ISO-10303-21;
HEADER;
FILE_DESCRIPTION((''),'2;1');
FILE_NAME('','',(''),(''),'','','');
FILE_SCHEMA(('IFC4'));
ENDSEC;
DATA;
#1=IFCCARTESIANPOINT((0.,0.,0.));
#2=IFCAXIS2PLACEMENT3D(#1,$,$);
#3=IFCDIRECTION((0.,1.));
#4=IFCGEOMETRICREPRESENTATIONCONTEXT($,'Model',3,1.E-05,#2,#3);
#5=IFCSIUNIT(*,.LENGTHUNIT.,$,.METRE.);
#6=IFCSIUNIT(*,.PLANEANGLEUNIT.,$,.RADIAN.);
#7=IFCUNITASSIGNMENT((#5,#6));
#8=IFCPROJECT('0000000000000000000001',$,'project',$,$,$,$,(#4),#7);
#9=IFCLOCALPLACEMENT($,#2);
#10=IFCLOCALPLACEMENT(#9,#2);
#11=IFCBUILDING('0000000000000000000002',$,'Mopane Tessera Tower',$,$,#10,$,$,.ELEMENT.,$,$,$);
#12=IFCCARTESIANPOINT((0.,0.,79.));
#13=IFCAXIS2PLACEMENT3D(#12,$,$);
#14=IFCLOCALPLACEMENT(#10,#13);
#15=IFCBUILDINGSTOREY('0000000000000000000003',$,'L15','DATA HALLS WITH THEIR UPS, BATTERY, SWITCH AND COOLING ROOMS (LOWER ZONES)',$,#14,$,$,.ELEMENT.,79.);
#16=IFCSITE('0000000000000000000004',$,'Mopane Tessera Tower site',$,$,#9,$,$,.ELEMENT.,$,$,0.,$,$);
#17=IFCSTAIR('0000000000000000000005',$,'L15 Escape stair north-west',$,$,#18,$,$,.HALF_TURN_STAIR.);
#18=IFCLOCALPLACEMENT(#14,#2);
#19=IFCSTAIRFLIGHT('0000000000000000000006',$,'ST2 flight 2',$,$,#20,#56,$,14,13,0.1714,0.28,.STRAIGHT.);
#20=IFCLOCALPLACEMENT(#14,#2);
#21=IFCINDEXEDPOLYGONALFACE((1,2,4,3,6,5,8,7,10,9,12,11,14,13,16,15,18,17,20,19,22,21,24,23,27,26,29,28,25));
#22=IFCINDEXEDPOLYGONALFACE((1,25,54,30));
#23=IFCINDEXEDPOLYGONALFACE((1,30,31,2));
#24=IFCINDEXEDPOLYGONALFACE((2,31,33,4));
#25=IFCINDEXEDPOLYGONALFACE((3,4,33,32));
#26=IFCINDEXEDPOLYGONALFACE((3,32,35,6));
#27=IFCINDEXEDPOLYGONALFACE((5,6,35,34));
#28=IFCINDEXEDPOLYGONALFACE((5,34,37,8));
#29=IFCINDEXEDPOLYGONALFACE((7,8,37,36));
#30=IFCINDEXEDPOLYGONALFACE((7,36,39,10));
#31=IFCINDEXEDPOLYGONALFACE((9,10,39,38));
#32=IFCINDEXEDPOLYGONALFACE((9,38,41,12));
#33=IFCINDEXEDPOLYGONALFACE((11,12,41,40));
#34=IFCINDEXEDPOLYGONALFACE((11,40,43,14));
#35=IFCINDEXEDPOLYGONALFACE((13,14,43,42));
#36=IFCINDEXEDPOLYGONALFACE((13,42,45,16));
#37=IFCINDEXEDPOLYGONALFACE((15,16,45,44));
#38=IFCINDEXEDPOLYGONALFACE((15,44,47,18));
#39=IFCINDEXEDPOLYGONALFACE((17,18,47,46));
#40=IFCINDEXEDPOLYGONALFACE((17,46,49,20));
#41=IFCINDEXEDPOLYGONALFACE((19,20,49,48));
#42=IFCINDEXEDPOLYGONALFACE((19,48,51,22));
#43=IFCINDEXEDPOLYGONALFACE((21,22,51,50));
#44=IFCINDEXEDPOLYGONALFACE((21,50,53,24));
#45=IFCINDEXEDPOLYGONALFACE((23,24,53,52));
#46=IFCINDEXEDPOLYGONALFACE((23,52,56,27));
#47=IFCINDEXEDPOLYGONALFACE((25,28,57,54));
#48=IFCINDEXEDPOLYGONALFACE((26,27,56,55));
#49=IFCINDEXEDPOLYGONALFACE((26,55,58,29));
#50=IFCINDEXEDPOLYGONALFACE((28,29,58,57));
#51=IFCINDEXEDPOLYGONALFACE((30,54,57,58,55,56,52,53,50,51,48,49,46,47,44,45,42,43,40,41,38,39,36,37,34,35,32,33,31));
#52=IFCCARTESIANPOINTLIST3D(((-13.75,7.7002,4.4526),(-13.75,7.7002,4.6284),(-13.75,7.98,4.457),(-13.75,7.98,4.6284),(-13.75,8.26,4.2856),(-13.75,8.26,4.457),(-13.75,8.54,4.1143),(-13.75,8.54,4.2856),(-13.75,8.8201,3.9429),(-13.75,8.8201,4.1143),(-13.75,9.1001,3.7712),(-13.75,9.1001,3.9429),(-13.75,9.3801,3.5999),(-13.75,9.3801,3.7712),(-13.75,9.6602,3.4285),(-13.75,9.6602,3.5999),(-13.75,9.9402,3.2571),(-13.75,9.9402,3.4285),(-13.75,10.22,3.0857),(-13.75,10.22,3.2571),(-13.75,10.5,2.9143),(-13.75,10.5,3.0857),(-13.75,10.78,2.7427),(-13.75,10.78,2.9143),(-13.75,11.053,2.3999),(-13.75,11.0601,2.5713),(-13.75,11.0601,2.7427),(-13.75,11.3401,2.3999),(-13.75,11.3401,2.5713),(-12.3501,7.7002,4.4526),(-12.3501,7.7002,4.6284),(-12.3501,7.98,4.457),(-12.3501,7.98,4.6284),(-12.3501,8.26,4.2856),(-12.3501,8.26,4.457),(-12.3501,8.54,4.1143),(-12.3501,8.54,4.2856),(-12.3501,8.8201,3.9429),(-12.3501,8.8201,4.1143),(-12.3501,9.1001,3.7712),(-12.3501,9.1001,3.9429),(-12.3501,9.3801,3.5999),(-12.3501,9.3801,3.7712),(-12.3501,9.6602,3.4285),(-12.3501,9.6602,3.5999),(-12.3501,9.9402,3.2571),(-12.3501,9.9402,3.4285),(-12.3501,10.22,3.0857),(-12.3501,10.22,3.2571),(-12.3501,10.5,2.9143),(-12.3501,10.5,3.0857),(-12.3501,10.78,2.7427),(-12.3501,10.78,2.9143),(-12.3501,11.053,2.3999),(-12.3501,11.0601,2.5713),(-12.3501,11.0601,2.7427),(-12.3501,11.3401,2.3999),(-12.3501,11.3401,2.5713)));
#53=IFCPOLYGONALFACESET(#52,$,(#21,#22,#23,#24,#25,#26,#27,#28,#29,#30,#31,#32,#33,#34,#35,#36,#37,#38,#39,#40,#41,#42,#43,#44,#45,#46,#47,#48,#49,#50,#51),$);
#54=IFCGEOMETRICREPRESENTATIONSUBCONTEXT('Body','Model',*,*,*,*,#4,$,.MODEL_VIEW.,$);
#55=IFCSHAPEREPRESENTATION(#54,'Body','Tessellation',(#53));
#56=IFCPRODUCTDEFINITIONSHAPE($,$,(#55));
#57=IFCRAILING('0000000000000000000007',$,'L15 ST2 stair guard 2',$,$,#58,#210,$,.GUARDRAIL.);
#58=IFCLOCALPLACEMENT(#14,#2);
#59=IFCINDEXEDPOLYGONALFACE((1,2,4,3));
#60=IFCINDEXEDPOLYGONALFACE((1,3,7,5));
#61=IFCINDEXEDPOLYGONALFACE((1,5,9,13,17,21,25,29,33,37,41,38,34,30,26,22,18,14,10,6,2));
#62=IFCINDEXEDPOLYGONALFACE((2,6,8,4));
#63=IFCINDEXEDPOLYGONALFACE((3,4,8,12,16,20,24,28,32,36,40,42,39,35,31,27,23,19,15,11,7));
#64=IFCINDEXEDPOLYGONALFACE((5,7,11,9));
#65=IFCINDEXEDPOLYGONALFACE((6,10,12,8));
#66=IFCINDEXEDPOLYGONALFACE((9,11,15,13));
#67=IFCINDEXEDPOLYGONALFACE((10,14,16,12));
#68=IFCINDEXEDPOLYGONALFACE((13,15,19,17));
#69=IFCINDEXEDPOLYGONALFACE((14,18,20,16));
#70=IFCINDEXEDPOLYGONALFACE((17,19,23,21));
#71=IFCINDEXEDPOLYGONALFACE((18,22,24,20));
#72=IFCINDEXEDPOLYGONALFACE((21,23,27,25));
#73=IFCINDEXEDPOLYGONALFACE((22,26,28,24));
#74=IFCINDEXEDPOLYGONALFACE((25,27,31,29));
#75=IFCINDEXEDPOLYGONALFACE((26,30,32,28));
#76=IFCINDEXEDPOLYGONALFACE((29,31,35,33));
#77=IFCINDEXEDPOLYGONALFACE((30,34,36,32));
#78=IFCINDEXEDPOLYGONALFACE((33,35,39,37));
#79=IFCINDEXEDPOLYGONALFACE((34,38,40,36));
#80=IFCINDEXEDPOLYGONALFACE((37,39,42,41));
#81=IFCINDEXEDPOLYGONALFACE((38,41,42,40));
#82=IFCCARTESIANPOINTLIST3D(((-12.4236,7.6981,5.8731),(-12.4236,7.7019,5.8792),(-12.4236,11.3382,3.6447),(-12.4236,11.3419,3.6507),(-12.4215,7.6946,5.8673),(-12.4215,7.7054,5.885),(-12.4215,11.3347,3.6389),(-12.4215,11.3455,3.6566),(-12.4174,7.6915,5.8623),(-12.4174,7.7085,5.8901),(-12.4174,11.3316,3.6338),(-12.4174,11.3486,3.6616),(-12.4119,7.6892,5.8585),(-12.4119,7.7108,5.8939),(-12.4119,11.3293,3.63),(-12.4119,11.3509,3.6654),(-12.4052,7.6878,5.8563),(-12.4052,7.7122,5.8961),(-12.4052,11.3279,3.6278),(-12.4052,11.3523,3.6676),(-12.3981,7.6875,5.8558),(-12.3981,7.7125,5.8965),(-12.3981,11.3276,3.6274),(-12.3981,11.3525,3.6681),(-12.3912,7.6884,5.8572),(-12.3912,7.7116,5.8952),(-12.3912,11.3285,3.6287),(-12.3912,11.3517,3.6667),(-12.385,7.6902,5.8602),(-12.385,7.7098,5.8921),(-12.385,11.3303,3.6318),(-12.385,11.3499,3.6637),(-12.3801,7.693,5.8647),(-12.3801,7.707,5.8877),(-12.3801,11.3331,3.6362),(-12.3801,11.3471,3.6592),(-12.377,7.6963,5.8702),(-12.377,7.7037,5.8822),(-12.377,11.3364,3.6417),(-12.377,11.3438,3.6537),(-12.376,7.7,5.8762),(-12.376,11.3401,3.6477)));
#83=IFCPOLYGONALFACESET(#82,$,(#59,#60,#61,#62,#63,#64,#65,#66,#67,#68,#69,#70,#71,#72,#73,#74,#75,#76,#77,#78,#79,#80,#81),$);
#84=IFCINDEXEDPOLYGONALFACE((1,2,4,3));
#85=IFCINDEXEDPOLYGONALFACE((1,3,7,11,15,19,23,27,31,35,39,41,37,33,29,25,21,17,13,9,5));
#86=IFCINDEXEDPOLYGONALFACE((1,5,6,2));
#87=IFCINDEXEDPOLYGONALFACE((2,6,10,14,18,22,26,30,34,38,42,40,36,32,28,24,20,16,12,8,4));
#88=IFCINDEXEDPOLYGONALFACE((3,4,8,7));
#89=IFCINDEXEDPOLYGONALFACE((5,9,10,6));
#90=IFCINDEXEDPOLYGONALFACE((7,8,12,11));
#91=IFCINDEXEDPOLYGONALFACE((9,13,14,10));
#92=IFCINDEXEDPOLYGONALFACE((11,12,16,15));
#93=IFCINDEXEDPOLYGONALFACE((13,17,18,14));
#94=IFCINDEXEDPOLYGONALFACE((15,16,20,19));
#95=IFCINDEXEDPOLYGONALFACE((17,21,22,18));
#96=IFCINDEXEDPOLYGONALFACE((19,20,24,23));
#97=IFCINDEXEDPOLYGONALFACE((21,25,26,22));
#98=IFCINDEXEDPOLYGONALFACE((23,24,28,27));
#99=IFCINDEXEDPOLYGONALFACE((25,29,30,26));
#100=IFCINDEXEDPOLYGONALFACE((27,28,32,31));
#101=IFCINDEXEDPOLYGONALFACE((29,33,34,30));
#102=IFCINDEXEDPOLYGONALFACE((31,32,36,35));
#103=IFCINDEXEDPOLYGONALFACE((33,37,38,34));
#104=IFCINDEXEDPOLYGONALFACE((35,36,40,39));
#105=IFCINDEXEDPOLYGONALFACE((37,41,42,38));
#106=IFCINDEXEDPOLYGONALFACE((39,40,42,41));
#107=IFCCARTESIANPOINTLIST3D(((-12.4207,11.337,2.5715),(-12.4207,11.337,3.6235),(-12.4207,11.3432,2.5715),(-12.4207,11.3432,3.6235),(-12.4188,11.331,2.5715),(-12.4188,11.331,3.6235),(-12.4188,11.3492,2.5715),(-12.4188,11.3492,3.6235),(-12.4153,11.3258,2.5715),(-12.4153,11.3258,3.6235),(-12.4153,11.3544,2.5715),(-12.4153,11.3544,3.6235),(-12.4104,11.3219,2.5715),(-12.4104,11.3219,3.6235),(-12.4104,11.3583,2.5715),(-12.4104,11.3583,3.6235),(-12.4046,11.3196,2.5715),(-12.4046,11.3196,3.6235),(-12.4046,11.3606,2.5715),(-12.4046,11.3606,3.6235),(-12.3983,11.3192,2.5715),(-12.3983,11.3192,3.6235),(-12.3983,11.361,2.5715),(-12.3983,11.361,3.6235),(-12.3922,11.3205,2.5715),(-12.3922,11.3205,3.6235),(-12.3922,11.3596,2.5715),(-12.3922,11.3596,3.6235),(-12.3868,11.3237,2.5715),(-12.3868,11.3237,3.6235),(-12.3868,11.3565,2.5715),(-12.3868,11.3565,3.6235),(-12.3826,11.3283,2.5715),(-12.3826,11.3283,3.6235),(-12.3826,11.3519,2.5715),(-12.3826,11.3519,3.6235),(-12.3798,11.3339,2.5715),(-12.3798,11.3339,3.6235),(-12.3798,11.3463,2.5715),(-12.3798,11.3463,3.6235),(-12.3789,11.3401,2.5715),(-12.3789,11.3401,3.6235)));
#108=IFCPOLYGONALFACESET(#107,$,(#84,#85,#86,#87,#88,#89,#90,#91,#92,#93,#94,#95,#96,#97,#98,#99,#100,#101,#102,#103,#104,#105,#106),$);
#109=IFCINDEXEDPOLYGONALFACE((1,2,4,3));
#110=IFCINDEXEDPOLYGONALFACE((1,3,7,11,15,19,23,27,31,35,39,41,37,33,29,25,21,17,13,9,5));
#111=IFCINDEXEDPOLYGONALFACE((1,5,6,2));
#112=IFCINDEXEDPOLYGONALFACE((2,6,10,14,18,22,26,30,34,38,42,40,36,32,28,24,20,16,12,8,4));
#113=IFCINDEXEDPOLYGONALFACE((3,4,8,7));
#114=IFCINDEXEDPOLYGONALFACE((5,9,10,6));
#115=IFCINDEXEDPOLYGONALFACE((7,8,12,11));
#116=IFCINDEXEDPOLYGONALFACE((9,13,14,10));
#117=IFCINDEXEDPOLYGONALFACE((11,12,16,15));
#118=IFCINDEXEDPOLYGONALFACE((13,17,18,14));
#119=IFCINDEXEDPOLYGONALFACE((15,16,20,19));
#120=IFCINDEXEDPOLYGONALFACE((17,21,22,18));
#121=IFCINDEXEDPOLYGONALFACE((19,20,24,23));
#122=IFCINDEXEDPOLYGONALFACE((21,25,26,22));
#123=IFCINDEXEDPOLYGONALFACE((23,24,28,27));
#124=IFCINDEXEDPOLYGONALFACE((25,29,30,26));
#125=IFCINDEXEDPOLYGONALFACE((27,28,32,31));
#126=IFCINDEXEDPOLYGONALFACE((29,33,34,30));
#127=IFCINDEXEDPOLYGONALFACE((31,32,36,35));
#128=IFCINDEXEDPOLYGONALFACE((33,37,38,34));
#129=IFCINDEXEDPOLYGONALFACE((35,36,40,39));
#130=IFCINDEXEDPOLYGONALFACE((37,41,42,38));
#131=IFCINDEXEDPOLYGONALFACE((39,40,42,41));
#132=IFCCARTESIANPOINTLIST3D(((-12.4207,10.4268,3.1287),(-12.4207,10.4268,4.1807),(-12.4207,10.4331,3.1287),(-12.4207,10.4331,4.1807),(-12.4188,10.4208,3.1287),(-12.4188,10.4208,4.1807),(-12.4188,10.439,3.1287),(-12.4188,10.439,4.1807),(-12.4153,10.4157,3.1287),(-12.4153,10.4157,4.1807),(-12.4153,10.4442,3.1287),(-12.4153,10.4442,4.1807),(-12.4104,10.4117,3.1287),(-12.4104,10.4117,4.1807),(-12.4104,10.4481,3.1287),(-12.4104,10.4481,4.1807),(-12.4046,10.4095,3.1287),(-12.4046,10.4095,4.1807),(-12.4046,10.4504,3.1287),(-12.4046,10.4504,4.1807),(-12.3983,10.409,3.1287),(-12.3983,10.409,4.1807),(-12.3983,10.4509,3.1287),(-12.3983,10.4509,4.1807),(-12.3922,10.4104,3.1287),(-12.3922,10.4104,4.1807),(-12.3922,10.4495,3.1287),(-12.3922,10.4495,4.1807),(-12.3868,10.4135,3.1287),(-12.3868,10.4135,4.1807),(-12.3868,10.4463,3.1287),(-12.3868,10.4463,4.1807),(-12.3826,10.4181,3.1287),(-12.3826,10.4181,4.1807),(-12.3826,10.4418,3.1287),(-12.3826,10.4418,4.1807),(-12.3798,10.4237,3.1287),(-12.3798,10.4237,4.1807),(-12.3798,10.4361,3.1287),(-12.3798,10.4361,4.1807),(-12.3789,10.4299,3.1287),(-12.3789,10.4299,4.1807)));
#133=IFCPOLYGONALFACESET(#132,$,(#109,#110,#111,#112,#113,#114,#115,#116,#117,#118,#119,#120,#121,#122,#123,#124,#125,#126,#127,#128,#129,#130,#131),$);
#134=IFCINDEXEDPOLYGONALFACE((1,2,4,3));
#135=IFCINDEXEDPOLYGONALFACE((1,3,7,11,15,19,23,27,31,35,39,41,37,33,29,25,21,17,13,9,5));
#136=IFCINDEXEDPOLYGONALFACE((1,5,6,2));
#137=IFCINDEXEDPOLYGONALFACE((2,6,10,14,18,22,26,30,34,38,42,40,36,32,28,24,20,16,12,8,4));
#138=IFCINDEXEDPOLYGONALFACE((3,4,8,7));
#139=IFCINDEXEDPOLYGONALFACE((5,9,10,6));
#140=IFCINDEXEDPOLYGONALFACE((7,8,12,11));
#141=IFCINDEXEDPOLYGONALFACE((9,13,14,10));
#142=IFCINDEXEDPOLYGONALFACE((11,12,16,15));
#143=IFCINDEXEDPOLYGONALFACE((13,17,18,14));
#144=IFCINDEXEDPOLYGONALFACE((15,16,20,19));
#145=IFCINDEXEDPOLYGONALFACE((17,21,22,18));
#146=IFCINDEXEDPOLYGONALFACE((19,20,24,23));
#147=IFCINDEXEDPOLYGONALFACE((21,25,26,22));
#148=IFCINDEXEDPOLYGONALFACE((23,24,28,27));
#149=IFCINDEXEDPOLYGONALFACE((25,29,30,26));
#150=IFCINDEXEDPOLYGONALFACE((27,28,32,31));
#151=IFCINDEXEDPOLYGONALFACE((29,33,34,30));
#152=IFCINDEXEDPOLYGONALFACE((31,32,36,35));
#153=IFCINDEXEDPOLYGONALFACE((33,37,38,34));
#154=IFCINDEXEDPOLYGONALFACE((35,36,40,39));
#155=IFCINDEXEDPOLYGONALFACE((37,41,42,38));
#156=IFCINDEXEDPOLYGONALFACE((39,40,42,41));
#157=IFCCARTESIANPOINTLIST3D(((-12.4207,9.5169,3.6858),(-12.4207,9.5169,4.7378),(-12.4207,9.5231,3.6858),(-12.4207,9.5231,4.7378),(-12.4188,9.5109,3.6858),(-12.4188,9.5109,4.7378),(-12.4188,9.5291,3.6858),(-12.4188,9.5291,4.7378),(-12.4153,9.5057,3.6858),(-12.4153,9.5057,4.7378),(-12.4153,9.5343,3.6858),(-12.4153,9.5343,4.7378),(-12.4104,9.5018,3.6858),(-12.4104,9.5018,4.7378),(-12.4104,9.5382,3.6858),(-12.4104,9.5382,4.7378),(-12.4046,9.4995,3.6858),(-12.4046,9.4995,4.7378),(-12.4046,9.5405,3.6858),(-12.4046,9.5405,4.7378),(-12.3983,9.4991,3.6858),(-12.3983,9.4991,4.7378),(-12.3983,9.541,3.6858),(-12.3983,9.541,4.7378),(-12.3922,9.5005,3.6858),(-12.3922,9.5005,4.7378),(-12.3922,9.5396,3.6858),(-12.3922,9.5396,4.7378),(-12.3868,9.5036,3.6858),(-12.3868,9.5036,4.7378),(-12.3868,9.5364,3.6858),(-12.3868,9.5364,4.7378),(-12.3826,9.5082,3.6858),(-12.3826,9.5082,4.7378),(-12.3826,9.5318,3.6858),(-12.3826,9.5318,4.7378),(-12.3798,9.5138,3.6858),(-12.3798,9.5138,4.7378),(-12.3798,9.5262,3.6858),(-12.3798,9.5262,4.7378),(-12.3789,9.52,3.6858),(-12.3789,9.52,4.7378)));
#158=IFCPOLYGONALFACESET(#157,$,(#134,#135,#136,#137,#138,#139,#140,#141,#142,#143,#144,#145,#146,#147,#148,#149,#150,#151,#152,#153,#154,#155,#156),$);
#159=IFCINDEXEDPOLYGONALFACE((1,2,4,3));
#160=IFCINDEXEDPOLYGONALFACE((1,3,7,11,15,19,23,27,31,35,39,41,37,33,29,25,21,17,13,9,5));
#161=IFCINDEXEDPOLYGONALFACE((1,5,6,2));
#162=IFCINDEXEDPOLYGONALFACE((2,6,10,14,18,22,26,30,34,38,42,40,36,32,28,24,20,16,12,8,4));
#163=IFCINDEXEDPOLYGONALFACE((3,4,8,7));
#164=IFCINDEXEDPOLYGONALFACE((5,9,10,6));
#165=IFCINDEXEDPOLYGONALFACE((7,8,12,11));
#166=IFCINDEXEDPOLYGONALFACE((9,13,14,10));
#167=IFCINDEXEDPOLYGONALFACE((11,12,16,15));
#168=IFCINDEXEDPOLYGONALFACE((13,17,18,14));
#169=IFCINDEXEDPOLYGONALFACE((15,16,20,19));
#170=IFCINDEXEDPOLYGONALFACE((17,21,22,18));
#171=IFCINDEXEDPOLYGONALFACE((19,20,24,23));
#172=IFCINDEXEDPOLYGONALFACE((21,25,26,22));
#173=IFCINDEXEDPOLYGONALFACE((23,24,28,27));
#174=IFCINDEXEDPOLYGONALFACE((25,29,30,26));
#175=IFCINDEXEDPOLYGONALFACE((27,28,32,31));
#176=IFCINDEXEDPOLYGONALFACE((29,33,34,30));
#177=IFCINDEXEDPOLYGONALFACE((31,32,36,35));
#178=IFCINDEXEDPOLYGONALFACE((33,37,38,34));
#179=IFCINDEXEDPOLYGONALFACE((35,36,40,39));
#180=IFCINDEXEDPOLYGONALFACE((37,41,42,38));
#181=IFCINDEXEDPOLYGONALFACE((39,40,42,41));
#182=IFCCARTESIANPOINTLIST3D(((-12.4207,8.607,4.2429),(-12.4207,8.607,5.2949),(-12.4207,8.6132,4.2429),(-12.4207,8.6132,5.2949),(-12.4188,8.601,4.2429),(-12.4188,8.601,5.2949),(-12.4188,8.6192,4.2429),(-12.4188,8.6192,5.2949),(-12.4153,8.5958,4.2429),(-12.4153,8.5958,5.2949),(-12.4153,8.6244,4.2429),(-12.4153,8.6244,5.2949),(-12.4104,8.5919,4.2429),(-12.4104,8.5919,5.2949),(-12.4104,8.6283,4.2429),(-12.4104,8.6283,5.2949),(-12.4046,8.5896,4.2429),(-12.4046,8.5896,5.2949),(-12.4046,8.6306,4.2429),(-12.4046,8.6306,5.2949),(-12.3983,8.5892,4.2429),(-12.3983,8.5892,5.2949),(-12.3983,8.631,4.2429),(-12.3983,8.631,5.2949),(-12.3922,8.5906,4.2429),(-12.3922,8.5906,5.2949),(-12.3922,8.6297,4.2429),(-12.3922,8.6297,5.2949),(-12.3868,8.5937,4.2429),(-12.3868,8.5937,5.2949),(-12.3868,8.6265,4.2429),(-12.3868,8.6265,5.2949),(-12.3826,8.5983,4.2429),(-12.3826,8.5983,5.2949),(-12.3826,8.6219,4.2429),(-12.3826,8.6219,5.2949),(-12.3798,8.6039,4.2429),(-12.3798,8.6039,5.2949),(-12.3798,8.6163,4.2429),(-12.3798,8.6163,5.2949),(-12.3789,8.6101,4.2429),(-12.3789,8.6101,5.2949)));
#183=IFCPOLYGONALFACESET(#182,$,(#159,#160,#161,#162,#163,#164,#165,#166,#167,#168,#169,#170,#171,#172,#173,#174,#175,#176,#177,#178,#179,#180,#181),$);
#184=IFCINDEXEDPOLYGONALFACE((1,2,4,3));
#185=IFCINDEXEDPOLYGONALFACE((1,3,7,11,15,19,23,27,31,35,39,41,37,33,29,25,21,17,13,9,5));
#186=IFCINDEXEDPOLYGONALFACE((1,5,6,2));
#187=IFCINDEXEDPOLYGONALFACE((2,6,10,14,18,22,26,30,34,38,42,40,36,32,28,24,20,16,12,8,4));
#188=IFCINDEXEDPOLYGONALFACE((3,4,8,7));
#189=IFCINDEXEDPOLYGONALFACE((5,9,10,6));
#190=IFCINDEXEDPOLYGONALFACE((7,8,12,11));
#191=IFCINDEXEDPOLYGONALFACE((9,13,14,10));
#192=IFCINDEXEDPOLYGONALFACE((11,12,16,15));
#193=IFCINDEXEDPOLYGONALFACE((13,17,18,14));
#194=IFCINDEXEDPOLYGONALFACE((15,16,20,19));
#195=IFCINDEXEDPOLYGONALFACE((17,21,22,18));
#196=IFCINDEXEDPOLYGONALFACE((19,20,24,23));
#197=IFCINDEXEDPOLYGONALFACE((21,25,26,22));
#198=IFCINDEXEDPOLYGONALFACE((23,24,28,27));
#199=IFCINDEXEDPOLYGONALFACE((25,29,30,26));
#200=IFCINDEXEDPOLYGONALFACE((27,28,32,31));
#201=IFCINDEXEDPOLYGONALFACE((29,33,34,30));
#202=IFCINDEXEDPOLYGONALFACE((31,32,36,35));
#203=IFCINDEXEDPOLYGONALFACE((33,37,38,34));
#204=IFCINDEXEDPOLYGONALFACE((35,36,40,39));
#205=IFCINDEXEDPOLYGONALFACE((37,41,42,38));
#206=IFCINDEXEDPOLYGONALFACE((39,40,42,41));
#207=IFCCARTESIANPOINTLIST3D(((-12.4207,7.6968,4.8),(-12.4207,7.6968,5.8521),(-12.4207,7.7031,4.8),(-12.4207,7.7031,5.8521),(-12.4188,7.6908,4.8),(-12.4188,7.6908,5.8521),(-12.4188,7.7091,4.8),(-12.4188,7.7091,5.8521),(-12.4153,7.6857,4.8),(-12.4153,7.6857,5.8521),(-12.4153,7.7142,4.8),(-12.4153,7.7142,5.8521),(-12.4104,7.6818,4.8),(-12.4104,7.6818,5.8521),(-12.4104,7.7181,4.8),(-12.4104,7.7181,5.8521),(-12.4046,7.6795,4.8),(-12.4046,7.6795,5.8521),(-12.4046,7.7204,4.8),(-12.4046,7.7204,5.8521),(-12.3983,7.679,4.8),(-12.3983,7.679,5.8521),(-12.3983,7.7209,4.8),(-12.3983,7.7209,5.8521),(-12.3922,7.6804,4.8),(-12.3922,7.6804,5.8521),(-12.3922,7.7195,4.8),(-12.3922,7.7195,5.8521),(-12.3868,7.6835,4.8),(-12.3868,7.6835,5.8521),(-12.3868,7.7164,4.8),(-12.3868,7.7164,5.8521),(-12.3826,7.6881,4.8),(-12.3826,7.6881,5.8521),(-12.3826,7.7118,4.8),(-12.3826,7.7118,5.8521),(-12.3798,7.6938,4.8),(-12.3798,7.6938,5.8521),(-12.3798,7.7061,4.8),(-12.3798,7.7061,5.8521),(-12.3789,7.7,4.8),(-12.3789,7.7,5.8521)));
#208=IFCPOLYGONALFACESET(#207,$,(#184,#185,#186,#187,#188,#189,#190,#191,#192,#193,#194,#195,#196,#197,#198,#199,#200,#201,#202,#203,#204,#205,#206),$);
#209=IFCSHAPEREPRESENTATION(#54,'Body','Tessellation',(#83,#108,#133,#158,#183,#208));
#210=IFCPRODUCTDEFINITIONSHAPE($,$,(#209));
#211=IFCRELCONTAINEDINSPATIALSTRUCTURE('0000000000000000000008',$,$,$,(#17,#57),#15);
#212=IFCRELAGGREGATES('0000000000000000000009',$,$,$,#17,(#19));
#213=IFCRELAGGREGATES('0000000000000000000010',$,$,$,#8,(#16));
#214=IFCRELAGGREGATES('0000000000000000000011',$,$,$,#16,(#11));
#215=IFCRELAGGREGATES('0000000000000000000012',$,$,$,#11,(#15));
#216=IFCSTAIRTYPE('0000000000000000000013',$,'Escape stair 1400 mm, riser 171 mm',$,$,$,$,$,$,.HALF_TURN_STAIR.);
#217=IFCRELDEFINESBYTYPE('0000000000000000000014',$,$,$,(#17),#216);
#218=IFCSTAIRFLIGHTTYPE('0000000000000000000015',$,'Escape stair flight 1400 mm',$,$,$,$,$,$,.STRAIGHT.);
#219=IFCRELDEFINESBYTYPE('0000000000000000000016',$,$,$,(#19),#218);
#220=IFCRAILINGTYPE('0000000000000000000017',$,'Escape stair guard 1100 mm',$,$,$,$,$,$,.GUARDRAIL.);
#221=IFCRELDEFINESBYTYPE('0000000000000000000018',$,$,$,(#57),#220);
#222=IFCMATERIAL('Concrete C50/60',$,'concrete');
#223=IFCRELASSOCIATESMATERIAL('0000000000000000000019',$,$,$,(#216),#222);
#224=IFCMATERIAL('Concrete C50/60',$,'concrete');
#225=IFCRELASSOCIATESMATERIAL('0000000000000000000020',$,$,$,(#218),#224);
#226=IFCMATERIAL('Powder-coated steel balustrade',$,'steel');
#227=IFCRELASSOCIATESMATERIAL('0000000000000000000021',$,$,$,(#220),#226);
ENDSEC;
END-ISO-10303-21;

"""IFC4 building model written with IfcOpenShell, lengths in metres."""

from ifc_helpers import new_model, si_unit, direction, frame, origin, origin_2d, place, context, subcontext, project, spatial, polyline, circle, outline, extrude, material, type_object, element, aggregate, save


model = new_model("IFC4")

# Units and contexts
model_context = context("Model", 3, precision=1e-05, world=origin(), true_north=direction((0.0, 1.0)))
body_context = subcontext(model_context, "Body", "Model", "MODEL_VIEW")
ifc_project = project(units=[si_unit("LENGTHUNIT", "METRE"), si_unit("PLANEANGLEUNIT", "RADIAN")], contexts=[model_context])

# Site, building, storey
site_placement = place(None, origin())
site = spatial("IfcSite", under=ifc_project, at=site_placement, Name="Mopane Tessera Tower site", CompositionType="ELEMENT", RefElevation=0.0)
building_placement = place(site_placement, origin())
building = spatial("IfcBuilding", under=site, at=building_placement, Name="Mopane Tessera Tower", CompositionType="ELEMENT")
storey_placement = place(building_placement, frame((0.0, 0.0, 79.0)))
storey = spatial("IfcBuildingStorey", under=building, at=storey_placement, Name="L15", Description="DATA HALLS WITH THEIR UPS, BATTERY, SWITCH AND COOLING ROOMS (LOWER ZONES)", CompositionType="ELEMENT", Elevation=79.0)

# Stair, stair flight
ifc_material_1 = material(Name="Concrete C50/60", Category="concrete")
stair_type = type_object("IfcStairType", Name="Escape stair 1400 mm, riser 171 mm", PredefinedType="HALF_TURN_STAIR", material=ifc_material_1)
stair_placement = place(storey_placement, origin())
stair = element("IfcStair", 1, at=stair_placement, inside=storey, type_object=stair_type, Name="L15 Escape stair north-west", PredefinedType="HALF_TURN_STAIR")
ifc_material_2 = material(Name="Concrete C50/60", Category="concrete")
stair_flight_type = type_object("IfcStairFlightType", Name="Escape stair flight 1400 mm", PredefinedType="STRAIGHT", material=ifc_material_2)
stair_flight_placement = place(storey_placement, frame((-13.05, 11.3401, 2.3999), z_axis=(0.0, 0.0, 1.0), x_axis=(0.0, -1.0, 0.0)))
stair_flight = element("IfcStairFlight", 2, at=stair_flight_placement, type_object=stair_flight_type, Name="ST2 flight 2", NumberOfRisers=14, NumberOfTreads=13, PredefinedType="STRAIGHT", RiserHeight=0.1714, TreadLength=0.28, context=body_context, shape_type="SweptSolid", body=[
    extrude(outline(polyline([(0.0, 0.0), (0.0, 0.1714), (0.28, 0.1714), (0.28, 0.3428), (0.5601, 0.3428), (0.5601, 0.5144), (0.8401, 0.5144), (0.8401, 0.6858), (1.1201, 0.6858), (1.1201, 0.8572), (1.3999, 0.8572), (1.3999, 1.0286), (1.6799, 1.0286), (1.6799, 1.2), (1.96, 1.2), (1.96, 1.3713), (2.24, 1.3713), (2.24, 1.543), (2.52, 1.543), (2.52, 1.7144), (2.8, 1.7144), (2.8, 1.8857), (3.0801, 1.8857), (3.0801, 2.0571), (3.3601, 2.0571), (3.3601, 2.2285), (3.6399, 2.2285), (3.6399, 2.3999), (3.6399, 2.0527), (0.2871, 0.0), (0.0, 0.0)])), frame((0.0, 0.7, 0.0), z_axis=(0.0, -1.0, 0.0), x_axis=(1.0, 0.0, 0.0)), (0.0, 0.0, 1.0), 1.3999),
])
aggregate(stair, [stair_flight])

# Railing
ifc_material_3 = material(Name="Powder-coated steel balustrade", Category="steel")
railing_type_1 = type_object("IfcRailingType", Name="Escape stair guard 1100 mm", PredefinedType="GUARDRAIL", material=ifc_material_3)
railing_1_placement = place(storey_placement, frame((-12.3999, 11.3401, 2.5715)))
element("IfcRailing", 3, at=railing_1_placement, inside=storey, type_object=railing_type_1, Name="L15 ST2 stair guard 2", PredefinedType="GUARDRAIL", context=body_context, shape_type="SweptSolid", body=[
    extrude(circle(Radius=0.0239, at=origin_2d()), frame((0.0, 0.0, 1.0762), z_axis=(0.0, -0.852866, 0.52213), x_axis=(1.0, 0.0, 0.0)), (0.0, 0.0, 1.0), 4.2681),
    extrude(circle(Radius=0.021, at=origin_2d()), origin(), (0.0, 0.0, 1.0), 1.052),
    extrude(circle(Radius=0.021, at=origin_2d()), frame((0.0, -0.9102, 0.5571)), (0.0, 0.0, 1.0), 1.052),
    extrude(circle(Radius=0.021, at=origin_2d()), frame((0.0, -1.8201, 1.1143)), (0.0, 0.0, 1.0), 1.052),
    extrude(circle(Radius=0.021, at=origin_2d()), frame((0.0, -2.73, 1.6714)), (0.0, 0.0, 1.0), 1.052),
    extrude(circle(Radius=0.021, at=origin_2d()), frame((0.0, -3.6401, 2.2285)), (0.0, 0.0, 1.0), 1.052),
])

save(model, "model.ifc")
